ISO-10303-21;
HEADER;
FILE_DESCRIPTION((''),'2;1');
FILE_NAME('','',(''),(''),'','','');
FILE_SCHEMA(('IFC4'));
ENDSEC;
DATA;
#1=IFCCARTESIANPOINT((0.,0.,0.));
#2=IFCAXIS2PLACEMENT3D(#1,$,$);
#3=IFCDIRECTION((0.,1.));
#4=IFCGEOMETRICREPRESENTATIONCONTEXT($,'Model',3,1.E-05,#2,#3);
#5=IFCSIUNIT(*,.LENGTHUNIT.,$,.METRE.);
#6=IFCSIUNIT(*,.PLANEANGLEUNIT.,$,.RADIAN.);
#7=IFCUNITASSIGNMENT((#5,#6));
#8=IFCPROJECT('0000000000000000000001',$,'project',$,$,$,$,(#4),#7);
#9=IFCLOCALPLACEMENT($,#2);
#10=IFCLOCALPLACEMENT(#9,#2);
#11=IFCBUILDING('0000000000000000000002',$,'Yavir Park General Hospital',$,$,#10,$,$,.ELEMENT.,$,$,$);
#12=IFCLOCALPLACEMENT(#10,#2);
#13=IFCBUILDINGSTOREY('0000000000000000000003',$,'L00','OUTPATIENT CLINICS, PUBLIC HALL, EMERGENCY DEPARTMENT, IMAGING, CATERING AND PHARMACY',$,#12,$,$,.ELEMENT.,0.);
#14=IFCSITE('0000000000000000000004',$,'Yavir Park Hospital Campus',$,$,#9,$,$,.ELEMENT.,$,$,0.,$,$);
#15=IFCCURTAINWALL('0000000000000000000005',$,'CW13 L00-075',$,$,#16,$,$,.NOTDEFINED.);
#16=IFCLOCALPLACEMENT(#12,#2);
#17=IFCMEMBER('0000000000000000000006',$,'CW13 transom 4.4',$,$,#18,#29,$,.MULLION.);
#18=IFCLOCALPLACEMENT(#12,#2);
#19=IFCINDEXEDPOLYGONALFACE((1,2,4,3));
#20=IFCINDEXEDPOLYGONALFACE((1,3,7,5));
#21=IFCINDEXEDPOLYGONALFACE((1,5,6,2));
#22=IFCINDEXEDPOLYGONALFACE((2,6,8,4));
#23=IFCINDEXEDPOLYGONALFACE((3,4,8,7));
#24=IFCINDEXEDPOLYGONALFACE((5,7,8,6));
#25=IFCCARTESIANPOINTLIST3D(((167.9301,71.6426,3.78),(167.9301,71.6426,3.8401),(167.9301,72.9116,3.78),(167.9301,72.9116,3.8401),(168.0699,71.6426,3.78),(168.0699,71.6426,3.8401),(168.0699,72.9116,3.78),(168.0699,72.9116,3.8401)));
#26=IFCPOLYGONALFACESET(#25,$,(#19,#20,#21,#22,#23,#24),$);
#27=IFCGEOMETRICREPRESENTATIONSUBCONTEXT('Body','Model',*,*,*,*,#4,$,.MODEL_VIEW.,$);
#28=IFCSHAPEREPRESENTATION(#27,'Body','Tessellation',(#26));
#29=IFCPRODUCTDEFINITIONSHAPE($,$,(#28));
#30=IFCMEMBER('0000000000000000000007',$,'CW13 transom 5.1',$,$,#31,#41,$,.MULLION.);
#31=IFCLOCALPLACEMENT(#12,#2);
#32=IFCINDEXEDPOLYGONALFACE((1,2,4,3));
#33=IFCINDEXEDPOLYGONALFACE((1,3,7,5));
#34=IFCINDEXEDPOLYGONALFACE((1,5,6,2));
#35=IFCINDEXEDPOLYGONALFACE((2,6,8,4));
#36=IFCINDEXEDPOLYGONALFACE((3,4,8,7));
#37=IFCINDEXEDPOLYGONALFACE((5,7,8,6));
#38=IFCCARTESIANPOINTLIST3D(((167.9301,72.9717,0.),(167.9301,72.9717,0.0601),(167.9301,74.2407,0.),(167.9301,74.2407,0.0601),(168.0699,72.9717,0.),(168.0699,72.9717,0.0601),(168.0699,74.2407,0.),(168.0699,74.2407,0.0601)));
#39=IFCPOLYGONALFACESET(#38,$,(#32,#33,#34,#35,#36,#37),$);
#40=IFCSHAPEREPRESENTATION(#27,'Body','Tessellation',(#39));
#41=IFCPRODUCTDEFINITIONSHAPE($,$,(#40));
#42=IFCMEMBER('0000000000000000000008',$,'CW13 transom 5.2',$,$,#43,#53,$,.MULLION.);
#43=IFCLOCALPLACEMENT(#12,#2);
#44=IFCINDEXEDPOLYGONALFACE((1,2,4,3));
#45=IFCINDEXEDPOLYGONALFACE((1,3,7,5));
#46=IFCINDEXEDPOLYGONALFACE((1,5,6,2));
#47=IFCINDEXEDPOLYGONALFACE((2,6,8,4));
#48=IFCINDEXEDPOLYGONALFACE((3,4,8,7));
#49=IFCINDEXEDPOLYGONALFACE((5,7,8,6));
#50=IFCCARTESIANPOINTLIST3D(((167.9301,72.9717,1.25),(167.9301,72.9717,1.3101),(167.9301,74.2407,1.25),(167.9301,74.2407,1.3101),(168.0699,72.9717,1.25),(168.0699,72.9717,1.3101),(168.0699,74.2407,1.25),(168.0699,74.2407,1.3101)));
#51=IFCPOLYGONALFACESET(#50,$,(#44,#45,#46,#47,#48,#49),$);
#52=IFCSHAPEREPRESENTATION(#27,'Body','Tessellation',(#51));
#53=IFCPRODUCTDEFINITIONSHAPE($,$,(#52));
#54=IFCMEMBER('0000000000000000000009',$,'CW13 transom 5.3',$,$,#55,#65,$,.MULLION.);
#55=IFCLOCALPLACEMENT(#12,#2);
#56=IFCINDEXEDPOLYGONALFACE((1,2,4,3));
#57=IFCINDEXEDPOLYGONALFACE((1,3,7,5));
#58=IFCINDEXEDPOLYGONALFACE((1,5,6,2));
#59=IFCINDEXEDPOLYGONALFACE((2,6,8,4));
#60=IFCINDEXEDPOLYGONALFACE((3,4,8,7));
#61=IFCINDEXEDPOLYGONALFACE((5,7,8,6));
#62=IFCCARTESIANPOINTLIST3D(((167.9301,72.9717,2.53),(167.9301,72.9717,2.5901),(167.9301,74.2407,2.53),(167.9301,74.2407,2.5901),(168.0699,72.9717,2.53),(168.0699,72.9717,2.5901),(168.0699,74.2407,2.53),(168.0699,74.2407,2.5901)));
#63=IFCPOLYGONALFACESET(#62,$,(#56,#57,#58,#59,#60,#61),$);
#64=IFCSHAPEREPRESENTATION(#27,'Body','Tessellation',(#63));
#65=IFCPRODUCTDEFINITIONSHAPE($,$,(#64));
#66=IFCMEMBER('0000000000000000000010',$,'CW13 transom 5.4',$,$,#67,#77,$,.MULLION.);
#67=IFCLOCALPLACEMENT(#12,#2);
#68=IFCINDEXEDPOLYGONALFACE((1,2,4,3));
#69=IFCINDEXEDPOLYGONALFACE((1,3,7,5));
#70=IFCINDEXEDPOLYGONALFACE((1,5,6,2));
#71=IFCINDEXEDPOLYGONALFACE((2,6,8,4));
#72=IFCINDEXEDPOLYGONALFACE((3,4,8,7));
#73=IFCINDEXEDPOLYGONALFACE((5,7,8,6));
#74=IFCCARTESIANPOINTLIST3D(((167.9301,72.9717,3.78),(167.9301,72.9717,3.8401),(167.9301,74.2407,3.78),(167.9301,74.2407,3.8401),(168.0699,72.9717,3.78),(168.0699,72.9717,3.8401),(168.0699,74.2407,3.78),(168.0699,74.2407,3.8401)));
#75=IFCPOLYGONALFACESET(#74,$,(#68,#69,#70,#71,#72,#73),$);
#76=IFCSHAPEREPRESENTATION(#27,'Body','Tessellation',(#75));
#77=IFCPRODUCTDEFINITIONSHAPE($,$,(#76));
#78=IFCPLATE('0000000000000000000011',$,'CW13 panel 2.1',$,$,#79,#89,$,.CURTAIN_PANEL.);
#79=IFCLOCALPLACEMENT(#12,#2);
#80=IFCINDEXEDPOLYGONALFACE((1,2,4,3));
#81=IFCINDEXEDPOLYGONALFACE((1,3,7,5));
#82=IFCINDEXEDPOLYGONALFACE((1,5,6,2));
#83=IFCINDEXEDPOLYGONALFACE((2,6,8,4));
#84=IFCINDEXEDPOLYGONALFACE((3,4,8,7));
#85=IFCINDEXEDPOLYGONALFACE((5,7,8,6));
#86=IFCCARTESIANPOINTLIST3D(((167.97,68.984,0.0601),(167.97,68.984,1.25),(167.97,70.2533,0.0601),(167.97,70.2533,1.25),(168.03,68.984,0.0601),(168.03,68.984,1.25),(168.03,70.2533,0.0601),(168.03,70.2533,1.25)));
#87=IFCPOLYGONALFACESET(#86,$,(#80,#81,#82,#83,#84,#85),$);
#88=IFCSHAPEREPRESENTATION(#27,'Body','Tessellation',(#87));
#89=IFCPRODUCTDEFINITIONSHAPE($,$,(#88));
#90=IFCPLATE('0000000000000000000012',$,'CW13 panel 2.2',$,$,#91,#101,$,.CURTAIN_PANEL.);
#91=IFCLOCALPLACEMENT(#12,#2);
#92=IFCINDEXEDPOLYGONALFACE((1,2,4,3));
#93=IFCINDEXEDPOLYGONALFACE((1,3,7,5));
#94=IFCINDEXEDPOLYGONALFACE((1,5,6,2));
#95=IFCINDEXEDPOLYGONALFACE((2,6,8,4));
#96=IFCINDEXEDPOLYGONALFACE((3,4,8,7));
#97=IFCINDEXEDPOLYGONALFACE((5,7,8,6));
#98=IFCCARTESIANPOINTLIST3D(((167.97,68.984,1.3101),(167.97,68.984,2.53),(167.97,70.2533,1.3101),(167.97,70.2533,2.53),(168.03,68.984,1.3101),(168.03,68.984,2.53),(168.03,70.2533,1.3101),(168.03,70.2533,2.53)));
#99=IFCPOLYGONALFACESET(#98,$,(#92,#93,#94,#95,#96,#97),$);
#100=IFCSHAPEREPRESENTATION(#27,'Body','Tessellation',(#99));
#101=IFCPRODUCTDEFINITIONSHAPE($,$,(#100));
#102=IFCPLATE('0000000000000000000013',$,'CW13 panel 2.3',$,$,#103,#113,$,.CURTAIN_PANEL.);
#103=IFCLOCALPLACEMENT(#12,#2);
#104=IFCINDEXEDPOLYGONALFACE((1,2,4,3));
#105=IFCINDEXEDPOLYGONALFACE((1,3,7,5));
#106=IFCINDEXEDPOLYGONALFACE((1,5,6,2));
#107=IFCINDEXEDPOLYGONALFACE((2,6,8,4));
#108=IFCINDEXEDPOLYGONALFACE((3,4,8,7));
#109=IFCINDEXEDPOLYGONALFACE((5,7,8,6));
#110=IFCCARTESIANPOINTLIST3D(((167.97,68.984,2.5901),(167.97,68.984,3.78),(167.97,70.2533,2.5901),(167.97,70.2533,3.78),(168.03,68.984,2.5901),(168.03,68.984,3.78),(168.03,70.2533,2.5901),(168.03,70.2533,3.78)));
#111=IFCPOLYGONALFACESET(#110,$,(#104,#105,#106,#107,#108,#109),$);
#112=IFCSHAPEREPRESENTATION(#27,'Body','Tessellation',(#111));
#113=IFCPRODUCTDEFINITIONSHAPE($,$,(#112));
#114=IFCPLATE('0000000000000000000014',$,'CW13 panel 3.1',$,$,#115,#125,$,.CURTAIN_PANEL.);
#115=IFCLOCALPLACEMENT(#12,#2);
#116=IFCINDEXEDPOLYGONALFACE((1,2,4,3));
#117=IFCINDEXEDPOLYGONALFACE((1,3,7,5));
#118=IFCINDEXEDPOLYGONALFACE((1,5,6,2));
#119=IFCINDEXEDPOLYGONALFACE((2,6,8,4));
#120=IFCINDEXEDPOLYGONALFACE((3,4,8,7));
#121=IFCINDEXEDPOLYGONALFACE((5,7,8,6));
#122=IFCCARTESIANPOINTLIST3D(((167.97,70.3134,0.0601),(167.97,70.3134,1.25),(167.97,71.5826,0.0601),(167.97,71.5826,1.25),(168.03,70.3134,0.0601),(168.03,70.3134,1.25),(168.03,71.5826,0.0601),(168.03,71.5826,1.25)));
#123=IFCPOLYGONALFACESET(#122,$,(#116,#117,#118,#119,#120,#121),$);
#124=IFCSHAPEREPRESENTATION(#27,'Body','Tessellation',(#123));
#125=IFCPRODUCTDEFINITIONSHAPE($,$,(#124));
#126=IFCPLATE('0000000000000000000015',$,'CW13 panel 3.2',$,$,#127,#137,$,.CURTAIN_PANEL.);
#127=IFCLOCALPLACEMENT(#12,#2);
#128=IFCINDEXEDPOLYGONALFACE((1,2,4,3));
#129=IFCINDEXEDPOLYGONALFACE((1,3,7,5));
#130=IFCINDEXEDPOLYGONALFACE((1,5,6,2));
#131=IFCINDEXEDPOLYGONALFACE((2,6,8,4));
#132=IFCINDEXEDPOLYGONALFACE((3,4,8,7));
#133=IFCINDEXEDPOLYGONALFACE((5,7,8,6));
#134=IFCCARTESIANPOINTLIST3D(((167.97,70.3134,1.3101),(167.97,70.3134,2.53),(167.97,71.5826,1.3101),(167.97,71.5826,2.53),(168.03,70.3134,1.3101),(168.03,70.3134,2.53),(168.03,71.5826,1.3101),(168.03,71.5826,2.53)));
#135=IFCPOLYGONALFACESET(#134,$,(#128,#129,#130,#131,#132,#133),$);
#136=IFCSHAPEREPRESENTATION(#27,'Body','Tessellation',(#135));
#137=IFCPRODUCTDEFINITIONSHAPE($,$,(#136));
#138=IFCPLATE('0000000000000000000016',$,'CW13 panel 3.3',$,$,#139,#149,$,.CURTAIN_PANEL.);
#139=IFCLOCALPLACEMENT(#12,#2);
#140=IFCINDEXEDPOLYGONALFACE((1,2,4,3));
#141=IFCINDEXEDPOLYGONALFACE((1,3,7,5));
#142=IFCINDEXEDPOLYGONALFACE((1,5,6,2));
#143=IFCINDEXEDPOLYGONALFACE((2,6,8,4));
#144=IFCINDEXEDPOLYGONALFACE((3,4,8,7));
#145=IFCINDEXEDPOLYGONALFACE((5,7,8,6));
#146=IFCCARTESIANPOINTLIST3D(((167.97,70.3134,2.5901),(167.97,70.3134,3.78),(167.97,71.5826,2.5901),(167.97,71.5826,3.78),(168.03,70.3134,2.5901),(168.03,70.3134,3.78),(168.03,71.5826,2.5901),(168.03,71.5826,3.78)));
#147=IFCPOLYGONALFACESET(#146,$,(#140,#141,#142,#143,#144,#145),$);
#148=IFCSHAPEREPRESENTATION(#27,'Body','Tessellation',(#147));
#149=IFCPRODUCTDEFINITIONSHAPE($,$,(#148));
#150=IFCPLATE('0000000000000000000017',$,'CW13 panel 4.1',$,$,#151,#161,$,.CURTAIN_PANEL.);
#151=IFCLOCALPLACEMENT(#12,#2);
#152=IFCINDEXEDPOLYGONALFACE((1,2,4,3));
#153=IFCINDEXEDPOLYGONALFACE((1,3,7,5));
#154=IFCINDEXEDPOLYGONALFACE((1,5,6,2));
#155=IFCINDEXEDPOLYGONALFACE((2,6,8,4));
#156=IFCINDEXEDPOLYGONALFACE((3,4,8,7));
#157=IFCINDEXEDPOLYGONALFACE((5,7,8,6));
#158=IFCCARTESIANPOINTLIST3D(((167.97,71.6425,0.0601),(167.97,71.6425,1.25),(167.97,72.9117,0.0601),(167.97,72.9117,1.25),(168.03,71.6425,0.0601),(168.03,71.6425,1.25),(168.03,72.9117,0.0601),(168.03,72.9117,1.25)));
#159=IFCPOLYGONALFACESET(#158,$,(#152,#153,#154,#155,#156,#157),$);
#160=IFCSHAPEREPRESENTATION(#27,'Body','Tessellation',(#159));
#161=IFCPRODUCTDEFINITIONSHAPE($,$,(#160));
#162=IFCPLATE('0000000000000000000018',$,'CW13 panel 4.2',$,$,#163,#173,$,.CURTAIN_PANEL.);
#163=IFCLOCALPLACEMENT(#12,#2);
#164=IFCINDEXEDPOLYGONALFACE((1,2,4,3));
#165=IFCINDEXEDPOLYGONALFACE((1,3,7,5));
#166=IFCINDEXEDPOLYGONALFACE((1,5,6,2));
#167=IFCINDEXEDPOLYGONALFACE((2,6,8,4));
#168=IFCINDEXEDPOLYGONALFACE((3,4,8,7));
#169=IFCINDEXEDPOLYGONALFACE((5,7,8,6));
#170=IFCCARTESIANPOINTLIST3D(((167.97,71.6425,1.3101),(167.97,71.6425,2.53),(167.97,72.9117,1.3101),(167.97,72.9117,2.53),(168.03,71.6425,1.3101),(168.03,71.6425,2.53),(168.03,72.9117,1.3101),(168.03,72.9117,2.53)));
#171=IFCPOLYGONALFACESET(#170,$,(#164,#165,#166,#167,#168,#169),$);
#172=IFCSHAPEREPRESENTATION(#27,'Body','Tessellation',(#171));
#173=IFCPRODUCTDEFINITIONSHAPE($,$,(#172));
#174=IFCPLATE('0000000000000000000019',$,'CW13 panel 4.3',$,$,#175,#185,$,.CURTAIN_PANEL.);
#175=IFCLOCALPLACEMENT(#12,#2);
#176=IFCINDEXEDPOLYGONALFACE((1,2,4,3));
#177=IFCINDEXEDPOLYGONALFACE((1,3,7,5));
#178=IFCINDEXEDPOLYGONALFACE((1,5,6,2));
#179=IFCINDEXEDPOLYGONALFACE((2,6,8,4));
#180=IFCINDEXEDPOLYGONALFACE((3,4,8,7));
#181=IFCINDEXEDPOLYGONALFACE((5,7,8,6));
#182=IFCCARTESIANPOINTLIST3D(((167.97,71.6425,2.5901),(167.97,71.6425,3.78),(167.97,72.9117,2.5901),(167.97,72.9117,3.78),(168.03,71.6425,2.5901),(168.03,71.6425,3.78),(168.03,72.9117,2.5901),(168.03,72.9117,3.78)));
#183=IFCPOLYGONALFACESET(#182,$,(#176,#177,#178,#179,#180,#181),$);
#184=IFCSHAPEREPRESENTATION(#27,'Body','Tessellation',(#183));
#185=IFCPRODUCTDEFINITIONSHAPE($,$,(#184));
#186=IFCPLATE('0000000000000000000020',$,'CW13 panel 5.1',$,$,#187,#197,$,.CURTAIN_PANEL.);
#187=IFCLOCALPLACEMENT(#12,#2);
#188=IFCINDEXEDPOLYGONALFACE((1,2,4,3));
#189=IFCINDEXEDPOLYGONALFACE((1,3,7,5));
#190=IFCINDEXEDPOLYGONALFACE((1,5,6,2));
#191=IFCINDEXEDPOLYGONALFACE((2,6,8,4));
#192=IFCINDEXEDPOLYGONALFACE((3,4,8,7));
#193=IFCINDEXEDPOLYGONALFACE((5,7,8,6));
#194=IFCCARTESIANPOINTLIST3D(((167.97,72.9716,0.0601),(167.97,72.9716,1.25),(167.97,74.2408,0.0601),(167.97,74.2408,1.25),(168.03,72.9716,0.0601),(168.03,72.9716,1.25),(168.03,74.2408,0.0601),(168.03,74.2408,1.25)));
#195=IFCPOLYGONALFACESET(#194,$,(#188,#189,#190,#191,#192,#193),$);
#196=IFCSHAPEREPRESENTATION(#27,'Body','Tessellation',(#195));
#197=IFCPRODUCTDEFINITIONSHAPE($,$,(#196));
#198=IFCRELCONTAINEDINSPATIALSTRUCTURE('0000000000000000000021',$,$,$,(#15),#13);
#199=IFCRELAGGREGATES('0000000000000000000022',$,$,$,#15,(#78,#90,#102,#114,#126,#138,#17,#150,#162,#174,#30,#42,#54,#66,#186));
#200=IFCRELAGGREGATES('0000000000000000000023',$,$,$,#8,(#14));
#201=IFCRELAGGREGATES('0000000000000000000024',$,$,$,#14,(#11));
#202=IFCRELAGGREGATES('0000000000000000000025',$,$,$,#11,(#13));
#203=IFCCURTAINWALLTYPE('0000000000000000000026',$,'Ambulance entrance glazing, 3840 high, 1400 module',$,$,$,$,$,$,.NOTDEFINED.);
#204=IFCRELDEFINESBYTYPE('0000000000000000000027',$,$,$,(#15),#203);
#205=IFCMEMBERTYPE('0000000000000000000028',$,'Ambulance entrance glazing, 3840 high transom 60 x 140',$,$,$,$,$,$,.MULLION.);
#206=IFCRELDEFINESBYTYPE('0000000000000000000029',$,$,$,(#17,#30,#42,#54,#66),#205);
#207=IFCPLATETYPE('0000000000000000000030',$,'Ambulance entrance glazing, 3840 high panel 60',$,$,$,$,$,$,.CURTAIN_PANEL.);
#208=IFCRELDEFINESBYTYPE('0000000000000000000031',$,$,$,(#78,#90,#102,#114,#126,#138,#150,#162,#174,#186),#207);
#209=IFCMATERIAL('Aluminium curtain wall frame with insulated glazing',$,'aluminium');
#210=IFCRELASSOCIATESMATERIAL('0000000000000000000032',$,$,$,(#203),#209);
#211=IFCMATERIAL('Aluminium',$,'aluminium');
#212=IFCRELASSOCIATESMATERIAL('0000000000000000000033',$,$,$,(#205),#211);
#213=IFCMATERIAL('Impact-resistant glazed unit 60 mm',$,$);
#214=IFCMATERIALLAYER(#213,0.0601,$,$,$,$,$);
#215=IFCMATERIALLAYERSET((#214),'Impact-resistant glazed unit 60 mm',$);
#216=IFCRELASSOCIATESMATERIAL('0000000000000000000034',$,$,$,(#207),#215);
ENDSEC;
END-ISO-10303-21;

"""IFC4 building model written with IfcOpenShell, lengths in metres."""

from ifc_helpers import new_model, si_unit, direction, frame, origin, origin_2d, place, context, subcontext, project, spatial, rectangle, extrude, material, layer, layer_set, material_profile, profile_set, type_object, element, aggregate, save


model = new_model("IFC4")

# Units and contexts
model_context = context("Model", 3, precision=1e-05, world=origin(), true_north=direction((0.0, 1.0)))
body_context = subcontext(model_context, "Body", "Model", "MODEL_VIEW")
ifc_project = project(units=[si_unit("LENGTHUNIT", "METRE"), si_unit("PLANEANGLEUNIT", "RADIAN")], contexts=[model_context])

# Site, building, storey
site_placement = place(None, origin())
site = spatial("IfcSite", under=ifc_project, at=site_placement, Name="Yavir Park Hospital Campus", CompositionType="ELEMENT", RefElevation=0.0)
building_placement = place(site_placement, origin())
building = spatial("IfcBuilding", under=site, at=building_placement, Name="Yavir Park General Hospital", CompositionType="ELEMENT")
storey_placement = place(building_placement, origin())
storey = spatial("IfcBuildingStorey", under=building, at=storey_placement, Name="L00", Description="OUTPATIENT CLINICS, PUBLIC HALL, EMERGENCY DEPARTMENT, IMAGING, CATERING AND PHARMACY", CompositionType="ELEMENT", Elevation=0.0)

# Curtain wall, members, plates
ifc_material_1 = material(Name="Aluminium curtain wall frame with insulated glazing", Category="aluminium")
curtain_wall_type = type_object("IfcCurtainWallType", Name="Ambulance entrance glazing, 3840 high, 1400 module", PredefinedType="NOTDEFINED", material=ifc_material_1)
curtain_wall_placement = place(storey_placement, origin())
curtain_wall = element("IfcCurtainWall", 1, at=curtain_wall_placement, inside=storey, type_object=curtain_wall_type, Name="CW13 L00-075", PredefinedType="NOTDEFINED")
ifc_material_2 = material(Name="Aluminium", Category="aluminium")
ifc_material_profile_1 = material_profile(ifc_material_2, rectangle(XDim=0.1399, YDim=0.0601, at=origin_2d()), Name="AL 140x60")
ifc_profile_set_1 = profile_set([ifc_material_profile_1], Name="Aluminium")
member_type_1 = type_object("IfcMemberType", Name="Ambulance entrance glazing, 3840 high transom 60 x 140", PredefinedType="MULLION", material=ifc_profile_set_1)
member_1_placement = place(storey_placement, frame((168.0, 71.6426, 3.8101), z_axis=(0.0, 1.0, 0.0), x_axis=(-1.0, 0.0, 0.0)))
member_1 = element("IfcMember", 2, at=member_1_placement, type_object=member_type_1, Name="CW13 transom 4.4", PredefinedType="MULLION", context=body_context, shape_type="SweptSolid", body=[
    extrude(rectangle(XDim=0.1399, YDim=0.0601, at=origin_2d()), origin(), (0.0, 0.0, 1.0), 1.269),
])
member_2_placement = place(storey_placement, frame((168.0, 72.9717, 0.03), z_axis=(0.0, 1.0, 0.0), x_axis=(-1.0, 0.0, 0.0)))
member_2 = element("IfcMember", 3, at=member_2_placement, type_object=member_type_1, Name="CW13 transom 5.1", PredefinedType="MULLION", context=body_context, shape_type="SweptSolid", body=[
    extrude(rectangle(XDim=0.1399, YDim=0.0601, at=origin_2d()), origin(), (0.0, 0.0, 1.0), 1.269),
])
member_3_placement = place(storey_placement, frame((168.0, 72.9717, 1.28), z_axis=(0.0, 1.0, 0.0), x_axis=(-1.0, 0.0, 0.0)))
member_3 = element("IfcMember", 4, at=member_3_placement, type_object=member_type_1, Name="CW13 transom 5.2", PredefinedType="MULLION", context=body_context, shape_type="SweptSolid", body=[
    extrude(rectangle(XDim=0.1399, YDim=0.0601, at=origin_2d()), origin(), (0.0, 0.0, 1.0), 1.269),
])
member_4_placement = place(storey_placement, frame((168.0, 72.9717, 2.5601), z_axis=(0.0, 1.0, 0.0), x_axis=(-1.0, 0.0, 0.0)))
member_4 = element("IfcMember", 5, at=member_4_placement, type_object=member_type_1, Name="CW13 transom 5.3", PredefinedType="MULLION", context=body_context, shape_type="SweptSolid", body=[
    extrude(rectangle(XDim=0.1399, YDim=0.0601, at=origin_2d()), origin(), (0.0, 0.0, 1.0), 1.269),
])
member_5_placement = place(storey_placement, frame((168.0, 72.9717, 3.8101), z_axis=(0.0, 1.0, 0.0), x_axis=(-1.0, 0.0, 0.0)))
member_5 = element("IfcMember", 6, at=member_5_placement, type_object=member_type_1, Name="CW13 transom 5.4", PredefinedType="MULLION", context=body_context, shape_type="SweptSolid", body=[
    extrude(rectangle(XDim=0.1399, YDim=0.0601, at=origin_2d()), origin(), (0.0, 0.0, 1.0), 1.269),
])
ifc_material_3 = material(Name="Impact-resistant glazed unit 60 mm")
ifc_layer = layer(ifc_material_3, 0.0601)
ifc_layer_set = layer_set([ifc_layer], Name="Impact-resistant glazed unit 60 mm")
plate_type = type_object("IfcPlateType", Name="Ambulance entrance glazing, 3840 high panel 60", PredefinedType="CURTAIN_PANEL", material=ifc_layer_set)
plate_1_placement = place(storey_placement, frame((168.0, 69.6187, 0.0601), z_axis=(0.0, 0.0, 1.0), x_axis=(0.0, 1.0, 0.0)))
plate_1 = element("IfcPlate", 7, at=plate_1_placement, type_object=plate_type, Name="CW13 panel 2.1", PredefinedType="CURTAIN_PANEL", context=body_context, shape_type="SweptSolid", body=[
    extrude(rectangle(XDim=1.2693, YDim=0.0601, at=origin_2d()), origin(), (0.0, 0.0, 1.0), 1.1899),
])
plate_2_placement = place(storey_placement, frame((168.0, 69.6187, 1.3101), z_axis=(0.0, 0.0, 1.0), x_axis=(0.0, 1.0, 0.0)))
plate_2 = element("IfcPlate", 8, at=plate_2_placement, type_object=plate_type, Name="CW13 panel 2.2", PredefinedType="CURTAIN_PANEL", context=body_context, shape_type="SweptSolid", body=[
    extrude(rectangle(XDim=1.2693, YDim=0.0601, at=origin_2d()), origin(), (0.0, 0.0, 1.0), 1.22),
])
plate_3_placement = place(storey_placement, frame((168.0, 69.6187, 2.5901), z_axis=(0.0, 0.0, 1.0), x_axis=(0.0, 1.0, 0.0)))
plate_3 = element("IfcPlate", 9, at=plate_3_placement, type_object=plate_type, Name="CW13 panel 2.3", PredefinedType="CURTAIN_PANEL", context=body_context, shape_type="SweptSolid", body=[
    extrude(rectangle(XDim=1.2693, YDim=0.0601, at=origin_2d()), origin(), (0.0, 0.0, 1.0), 1.1899),
])
plate_4_placement = place(storey_placement, frame((168.0, 70.948, 0.0601), z_axis=(0.0, 0.0, 1.0), x_axis=(0.0, 1.0, 0.0)))
plate_4 = element("IfcPlate", 10, at=plate_4_placement, type_object=plate_type, Name="CW13 panel 3.1", PredefinedType="CURTAIN_PANEL", context=body_context, shape_type="SweptSolid", body=[
    extrude(rectangle(XDim=1.2693, YDim=0.0601, at=origin_2d()), origin(), (0.0, 0.0, 1.0), 1.1899),
])
plate_5_placement = place(storey_placement, frame((168.0, 70.948, 1.3101), z_axis=(0.0, 0.0, 1.0), x_axis=(0.0, 1.0, 0.0)))
plate_5 = element("IfcPlate", 11, at=plate_5_placement, type_object=plate_type, Name="CW13 panel 3.2", PredefinedType="CURTAIN_PANEL", context=body_context, shape_type="SweptSolid", body=[
    extrude(rectangle(XDim=1.2693, YDim=0.0601, at=origin_2d()), origin(), (0.0, 0.0, 1.0), 1.22),
])
plate_6_placement = place(storey_placement, frame((168.0, 70.948, 2.5901), z_axis=(0.0, 0.0, 1.0), x_axis=(0.0, 1.0, 0.0)))
plate_6 = element("IfcPlate", 12, at=plate_6_placement, type_object=plate_type, Name="CW13 panel 3.3", PredefinedType="CURTAIN_PANEL", context=body_context, shape_type="SweptSolid", body=[
    extrude(rectangle(XDim=1.2693, YDim=0.0601, at=origin_2d()), origin(), (0.0, 0.0, 1.0), 1.1899),
])
plate_7_placement = place(storey_placement, frame((168.0, 72.2771, 0.0601), z_axis=(0.0, 0.0, 1.0), x_axis=(0.0, 1.0, 0.0)))
plate_7 = element("IfcPlate", 13, at=plate_7_placement, type_object=plate_type, Name="CW13 panel 4.1", PredefinedType="CURTAIN_PANEL", context=body_context, shape_type="SweptSolid", body=[
    extrude(rectangle(XDim=1.2693, YDim=0.0601, at=origin_2d()), origin(), (0.0, 0.0, 1.0), 1.1899),
])
plate_8_placement = place(storey_placement, frame((168.0, 72.2771, 1.3101), z_axis=(0.0, 0.0, 1.0), x_axis=(0.0, 1.0, 0.0)))
plate_8 = element("IfcPlate", 14, at=plate_8_placement, type_object=plate_type, Name="CW13 panel 4.2", PredefinedType="CURTAIN_PANEL", context=body_context, shape_type="SweptSolid", body=[
    extrude(rectangle(XDim=1.2693, YDim=0.0601, at=origin_2d()), origin(), (0.0, 0.0, 1.0), 1.22),
])
plate_9_placement = place(storey_placement, frame((168.0, 72.2771, 2.5901), z_axis=(0.0, 0.0, 1.0), x_axis=(0.0, 1.0, 0.0)))
plate_9 = element("IfcPlate", 15, at=plate_9_placement, type_object=plate_type, Name="CW13 panel 4.3", PredefinedType="CURTAIN_PANEL", context=body_context, shape_type="SweptSolid", body=[
    extrude(rectangle(XDim=1.2693, YDim=0.0601, at=origin_2d()), origin(), (0.0, 0.0, 1.0), 1.1899),
])
plate_10_placement = place(storey_placement, frame((168.0, 73.6062, 0.0601), z_axis=(0.0, 0.0, 1.0), x_axis=(0.0, 1.0, 0.0)))
plate_10 = element("IfcPlate", 16, at=plate_10_placement, type_object=plate_type, Name="CW13 panel 5.1", PredefinedType="CURTAIN_PANEL", context=body_context, shape_type="SweptSolid", body=[
    extrude(rectangle(XDim=1.2693, YDim=0.0601, at=origin_2d()), origin(), (0.0, 0.0, 1.0), 1.1899),
])
aggregate(curtain_wall, [plate_1, plate_2, plate_3, plate_4, plate_5, plate_6, member_1, plate_7, plate_8, plate_9, member_2, member_3, member_4, member_5, plate_10])

save(model, "model.ifc")
